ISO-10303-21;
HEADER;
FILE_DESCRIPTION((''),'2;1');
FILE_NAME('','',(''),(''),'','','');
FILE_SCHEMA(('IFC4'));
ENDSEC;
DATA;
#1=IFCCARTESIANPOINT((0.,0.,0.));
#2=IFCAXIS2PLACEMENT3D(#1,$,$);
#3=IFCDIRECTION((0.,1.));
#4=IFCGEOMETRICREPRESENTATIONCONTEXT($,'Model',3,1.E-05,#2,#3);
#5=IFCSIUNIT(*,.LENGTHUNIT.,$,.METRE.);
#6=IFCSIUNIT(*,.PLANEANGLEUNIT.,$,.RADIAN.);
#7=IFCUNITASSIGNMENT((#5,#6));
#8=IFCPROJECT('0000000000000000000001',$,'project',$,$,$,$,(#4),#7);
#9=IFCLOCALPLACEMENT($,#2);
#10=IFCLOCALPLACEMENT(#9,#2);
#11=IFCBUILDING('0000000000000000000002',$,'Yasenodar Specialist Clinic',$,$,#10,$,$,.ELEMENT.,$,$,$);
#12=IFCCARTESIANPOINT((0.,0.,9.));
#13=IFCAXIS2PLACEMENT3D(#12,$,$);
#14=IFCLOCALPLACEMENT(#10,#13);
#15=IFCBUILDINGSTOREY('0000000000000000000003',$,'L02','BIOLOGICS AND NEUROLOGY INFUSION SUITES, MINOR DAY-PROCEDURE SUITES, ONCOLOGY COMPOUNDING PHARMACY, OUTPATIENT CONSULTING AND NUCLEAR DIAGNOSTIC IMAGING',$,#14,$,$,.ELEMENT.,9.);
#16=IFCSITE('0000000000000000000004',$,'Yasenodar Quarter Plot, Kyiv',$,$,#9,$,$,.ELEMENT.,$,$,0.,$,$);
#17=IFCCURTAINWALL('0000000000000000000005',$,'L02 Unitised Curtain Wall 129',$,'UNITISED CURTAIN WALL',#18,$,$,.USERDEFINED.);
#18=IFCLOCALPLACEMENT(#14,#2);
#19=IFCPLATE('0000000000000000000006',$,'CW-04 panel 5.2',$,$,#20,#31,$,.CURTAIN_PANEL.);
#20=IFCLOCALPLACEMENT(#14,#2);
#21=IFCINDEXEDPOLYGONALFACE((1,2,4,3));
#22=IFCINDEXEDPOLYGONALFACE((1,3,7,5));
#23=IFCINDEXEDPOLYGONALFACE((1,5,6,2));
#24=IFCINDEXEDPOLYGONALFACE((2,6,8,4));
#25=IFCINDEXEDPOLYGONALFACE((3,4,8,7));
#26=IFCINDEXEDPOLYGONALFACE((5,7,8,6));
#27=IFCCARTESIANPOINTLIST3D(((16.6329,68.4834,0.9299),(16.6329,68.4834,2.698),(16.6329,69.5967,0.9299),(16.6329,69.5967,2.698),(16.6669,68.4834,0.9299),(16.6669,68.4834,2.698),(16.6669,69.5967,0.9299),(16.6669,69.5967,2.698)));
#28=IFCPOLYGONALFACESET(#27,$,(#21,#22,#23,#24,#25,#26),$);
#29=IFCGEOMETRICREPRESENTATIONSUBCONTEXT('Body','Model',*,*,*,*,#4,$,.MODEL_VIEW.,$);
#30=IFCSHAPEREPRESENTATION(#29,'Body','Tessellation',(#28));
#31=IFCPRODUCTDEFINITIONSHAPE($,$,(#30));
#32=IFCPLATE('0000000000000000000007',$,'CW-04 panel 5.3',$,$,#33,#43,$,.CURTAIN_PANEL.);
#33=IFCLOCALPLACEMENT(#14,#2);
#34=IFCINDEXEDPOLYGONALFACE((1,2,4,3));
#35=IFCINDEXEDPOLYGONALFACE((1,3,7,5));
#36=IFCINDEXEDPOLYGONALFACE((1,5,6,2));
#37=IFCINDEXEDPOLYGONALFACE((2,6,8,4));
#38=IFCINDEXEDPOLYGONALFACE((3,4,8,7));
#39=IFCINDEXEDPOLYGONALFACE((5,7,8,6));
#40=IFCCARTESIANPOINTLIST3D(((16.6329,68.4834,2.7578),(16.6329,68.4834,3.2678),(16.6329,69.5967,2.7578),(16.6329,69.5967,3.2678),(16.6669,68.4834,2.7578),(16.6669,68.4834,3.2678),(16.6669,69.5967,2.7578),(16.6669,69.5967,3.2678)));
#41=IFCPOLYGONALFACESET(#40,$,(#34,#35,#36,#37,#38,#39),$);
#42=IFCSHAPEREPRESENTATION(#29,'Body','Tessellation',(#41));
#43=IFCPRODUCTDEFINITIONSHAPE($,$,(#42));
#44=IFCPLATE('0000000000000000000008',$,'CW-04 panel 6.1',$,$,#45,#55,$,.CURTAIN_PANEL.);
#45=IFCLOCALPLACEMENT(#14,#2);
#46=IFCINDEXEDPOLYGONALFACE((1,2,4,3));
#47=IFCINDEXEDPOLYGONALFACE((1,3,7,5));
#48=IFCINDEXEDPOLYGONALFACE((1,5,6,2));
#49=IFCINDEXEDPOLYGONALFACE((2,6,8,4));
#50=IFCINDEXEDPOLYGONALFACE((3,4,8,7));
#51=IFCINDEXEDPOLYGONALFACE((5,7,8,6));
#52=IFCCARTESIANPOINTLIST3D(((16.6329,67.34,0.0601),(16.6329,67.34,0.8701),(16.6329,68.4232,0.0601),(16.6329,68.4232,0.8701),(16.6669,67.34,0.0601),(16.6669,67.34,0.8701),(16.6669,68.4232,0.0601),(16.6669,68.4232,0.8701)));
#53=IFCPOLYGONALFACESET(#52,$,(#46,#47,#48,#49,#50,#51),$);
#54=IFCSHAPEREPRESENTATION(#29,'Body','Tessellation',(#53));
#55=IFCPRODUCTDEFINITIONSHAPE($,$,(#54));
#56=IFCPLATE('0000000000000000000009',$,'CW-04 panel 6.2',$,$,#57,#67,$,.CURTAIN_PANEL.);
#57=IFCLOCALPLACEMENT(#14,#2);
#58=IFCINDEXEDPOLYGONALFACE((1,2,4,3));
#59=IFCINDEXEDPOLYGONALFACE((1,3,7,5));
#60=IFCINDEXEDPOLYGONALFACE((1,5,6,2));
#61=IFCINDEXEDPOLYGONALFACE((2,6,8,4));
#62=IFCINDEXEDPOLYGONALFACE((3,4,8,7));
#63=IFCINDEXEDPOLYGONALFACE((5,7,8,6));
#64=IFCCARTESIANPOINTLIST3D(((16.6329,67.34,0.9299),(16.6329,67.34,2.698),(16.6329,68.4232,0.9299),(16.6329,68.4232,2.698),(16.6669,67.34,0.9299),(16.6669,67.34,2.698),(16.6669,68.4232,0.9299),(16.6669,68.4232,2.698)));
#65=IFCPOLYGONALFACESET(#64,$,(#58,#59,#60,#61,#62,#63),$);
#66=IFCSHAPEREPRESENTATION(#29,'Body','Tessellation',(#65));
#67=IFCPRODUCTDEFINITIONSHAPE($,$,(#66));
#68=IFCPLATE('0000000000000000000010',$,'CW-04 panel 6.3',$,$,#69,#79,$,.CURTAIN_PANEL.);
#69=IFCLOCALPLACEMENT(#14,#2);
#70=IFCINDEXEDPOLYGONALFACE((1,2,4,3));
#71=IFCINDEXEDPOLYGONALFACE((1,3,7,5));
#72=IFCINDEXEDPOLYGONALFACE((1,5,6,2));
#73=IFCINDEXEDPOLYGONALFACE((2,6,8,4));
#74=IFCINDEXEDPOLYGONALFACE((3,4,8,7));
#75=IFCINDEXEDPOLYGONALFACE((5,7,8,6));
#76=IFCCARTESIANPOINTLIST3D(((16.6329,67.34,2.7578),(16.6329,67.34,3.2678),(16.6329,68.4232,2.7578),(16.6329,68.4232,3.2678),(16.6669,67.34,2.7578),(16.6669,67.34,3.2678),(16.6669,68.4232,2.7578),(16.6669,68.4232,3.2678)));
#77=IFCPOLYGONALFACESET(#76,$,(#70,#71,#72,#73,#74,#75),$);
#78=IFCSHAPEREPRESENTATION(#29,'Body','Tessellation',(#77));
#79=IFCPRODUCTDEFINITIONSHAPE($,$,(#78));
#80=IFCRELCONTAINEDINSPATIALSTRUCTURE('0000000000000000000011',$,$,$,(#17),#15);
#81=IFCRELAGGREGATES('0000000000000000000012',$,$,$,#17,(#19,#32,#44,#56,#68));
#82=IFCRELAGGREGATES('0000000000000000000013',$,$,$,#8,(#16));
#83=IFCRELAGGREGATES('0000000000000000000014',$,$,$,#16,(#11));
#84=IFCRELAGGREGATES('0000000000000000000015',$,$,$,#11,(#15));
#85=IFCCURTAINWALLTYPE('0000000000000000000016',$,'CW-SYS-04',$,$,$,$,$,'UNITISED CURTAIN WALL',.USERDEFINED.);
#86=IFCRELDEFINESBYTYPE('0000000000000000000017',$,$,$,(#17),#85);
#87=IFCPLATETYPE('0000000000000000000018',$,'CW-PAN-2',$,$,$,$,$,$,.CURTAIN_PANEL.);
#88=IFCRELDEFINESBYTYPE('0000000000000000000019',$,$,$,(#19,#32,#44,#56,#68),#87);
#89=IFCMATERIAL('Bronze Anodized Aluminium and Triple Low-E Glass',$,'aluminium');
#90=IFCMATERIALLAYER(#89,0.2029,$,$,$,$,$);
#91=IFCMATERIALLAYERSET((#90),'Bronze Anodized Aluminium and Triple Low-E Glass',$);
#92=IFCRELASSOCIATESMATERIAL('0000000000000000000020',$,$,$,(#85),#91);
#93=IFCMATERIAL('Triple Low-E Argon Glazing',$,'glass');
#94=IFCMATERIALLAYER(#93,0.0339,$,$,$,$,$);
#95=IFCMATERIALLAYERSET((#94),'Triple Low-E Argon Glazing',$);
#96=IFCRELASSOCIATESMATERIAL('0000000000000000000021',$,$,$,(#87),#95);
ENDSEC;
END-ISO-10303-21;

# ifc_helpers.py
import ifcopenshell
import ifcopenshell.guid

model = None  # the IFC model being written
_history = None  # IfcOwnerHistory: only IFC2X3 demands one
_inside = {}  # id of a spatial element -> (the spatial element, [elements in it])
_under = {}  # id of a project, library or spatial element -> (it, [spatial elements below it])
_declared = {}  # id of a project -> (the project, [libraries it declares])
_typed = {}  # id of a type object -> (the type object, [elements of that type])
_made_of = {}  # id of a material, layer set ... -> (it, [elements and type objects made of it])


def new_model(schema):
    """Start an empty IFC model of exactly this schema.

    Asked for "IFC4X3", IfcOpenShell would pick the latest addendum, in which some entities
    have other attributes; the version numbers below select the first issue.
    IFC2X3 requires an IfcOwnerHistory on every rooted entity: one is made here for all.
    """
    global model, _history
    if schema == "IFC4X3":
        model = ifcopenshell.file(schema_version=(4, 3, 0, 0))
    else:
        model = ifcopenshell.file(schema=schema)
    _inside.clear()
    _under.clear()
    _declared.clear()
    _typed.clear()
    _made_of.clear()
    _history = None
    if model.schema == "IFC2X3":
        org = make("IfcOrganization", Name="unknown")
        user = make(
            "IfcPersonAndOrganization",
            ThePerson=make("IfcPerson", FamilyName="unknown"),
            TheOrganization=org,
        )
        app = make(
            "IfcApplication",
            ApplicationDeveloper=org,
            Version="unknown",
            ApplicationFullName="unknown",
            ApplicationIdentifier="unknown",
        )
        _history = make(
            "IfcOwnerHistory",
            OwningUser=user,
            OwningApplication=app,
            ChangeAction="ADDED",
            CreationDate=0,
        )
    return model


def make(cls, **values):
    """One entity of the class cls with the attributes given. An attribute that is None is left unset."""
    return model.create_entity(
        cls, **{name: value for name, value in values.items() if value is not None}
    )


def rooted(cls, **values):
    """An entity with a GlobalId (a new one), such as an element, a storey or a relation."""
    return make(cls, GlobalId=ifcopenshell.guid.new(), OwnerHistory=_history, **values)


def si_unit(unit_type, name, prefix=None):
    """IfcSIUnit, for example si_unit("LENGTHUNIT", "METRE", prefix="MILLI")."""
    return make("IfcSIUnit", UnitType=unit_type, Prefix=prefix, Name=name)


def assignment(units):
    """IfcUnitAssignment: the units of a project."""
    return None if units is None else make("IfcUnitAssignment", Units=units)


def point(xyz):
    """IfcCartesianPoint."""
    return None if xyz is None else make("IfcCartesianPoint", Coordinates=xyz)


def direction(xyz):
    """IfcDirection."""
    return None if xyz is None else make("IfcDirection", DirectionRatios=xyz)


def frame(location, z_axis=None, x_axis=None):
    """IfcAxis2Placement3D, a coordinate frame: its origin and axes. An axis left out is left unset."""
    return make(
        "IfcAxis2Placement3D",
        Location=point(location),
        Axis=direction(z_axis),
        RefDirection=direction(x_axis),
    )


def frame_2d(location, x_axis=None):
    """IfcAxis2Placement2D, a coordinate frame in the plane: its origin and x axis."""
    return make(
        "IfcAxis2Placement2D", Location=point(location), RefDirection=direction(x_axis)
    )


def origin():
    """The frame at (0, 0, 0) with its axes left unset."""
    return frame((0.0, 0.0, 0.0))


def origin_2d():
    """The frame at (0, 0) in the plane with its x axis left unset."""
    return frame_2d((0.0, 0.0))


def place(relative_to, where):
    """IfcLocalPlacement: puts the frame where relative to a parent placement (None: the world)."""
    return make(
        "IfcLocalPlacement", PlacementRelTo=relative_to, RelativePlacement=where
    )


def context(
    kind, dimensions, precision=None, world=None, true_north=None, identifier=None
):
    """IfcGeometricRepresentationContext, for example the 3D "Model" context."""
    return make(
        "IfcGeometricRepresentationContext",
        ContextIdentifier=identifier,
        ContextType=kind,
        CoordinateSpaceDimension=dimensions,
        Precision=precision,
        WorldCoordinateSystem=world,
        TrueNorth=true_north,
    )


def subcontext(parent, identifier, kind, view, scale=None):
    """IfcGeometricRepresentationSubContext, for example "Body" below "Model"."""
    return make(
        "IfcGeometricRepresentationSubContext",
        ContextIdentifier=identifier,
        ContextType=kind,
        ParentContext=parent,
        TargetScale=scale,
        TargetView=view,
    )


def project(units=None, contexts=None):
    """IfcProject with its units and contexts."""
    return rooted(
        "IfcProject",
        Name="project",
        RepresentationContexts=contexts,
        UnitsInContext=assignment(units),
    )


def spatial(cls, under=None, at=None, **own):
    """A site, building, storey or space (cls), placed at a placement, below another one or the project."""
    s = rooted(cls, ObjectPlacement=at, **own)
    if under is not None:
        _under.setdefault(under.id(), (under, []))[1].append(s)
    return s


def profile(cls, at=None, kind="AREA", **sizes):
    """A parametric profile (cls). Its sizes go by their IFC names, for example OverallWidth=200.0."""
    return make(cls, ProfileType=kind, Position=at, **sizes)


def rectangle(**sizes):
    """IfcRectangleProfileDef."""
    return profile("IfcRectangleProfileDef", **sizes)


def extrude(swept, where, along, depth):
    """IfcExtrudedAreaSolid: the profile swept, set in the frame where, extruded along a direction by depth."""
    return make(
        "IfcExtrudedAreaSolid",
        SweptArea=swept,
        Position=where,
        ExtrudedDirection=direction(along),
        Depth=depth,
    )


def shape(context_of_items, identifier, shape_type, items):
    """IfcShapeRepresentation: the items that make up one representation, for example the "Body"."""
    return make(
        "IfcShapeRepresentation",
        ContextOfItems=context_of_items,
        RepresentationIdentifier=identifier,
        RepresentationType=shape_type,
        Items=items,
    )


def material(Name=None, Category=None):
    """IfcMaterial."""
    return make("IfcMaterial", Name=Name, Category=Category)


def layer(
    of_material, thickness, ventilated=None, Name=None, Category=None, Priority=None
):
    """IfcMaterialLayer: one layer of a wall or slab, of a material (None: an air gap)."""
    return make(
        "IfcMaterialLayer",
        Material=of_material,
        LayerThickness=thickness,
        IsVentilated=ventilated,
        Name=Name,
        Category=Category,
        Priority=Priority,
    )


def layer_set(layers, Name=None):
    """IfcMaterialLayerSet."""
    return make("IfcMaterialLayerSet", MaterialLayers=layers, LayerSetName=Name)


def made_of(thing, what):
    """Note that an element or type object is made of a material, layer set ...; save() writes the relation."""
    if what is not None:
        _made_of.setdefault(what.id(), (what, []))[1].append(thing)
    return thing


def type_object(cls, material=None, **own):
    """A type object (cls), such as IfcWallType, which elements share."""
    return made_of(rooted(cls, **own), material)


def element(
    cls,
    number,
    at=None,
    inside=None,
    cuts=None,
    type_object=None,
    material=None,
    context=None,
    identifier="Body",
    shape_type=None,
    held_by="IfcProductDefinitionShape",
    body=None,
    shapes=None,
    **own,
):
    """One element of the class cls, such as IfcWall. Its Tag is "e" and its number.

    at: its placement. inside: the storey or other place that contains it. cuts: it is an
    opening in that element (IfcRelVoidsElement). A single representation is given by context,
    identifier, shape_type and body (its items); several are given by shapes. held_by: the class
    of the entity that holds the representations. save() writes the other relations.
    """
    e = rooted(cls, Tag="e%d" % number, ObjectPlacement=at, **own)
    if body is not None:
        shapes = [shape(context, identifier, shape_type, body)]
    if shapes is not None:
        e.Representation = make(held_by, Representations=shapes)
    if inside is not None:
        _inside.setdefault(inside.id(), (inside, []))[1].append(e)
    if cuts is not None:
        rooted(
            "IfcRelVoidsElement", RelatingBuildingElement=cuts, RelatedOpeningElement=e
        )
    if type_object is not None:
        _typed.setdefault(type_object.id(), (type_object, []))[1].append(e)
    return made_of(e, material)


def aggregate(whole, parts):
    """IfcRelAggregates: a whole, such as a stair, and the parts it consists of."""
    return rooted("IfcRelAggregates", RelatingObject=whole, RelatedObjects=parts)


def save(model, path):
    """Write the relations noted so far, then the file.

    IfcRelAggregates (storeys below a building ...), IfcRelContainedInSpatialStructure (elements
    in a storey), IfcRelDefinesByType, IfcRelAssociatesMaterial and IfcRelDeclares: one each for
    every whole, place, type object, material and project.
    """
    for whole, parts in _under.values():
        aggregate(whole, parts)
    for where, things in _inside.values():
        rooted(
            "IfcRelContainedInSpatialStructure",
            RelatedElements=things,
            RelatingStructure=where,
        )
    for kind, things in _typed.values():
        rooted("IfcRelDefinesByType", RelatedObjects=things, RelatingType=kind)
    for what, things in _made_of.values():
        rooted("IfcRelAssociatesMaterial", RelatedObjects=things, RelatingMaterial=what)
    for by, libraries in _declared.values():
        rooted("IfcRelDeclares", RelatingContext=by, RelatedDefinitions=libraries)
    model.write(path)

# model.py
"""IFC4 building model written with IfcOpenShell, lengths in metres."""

from ifc_helpers import new_model, si_unit, direction, frame, origin, origin_2d, place, context, subcontext, project, spatial, rectangle, extrude, material, layer, layer_set, type_object, element, aggregate, save


model = new_model("IFC4")

# Units and contexts
model_context = context("Model", 3, precision=1e-05, world=origin(), true_north=direction((0.0, 1.0)))
body_context = subcontext(model_context, "Body", "Model", "MODEL_VIEW")
ifc_project = project(units=[si_unit("LENGTHUNIT", "METRE"), si_unit("PLANEANGLEUNIT", "RADIAN")], contexts=[model_context])

# Site, building, storey
site_placement = place(None, origin())
site = spatial("IfcSite", under=ifc_project, at=site_placement, Name="Yasenodar Quarter Plot, Kyiv", CompositionType="ELEMENT", RefElevation=0.0)
building_placement = place(site_placement, origin())
building = spatial("IfcBuilding", under=site, at=building_placement, Name="Yasenodar Specialist Clinic", CompositionType="ELEMENT")
storey_placement = place(building_placement, frame((0.0, 0.0, 9.0)))
storey = spatial("IfcBuildingStorey", under=building, at=storey_placement, Name="L02", Description="BIOLOGICS AND NEUROLOGY INFUSION SUITES, MINOR DAY-PROCEDURE SUITES, ONCOLOGY COMPOUNDING PHARMACY, OUTPATIENT CONSULTING AND NUCLEAR DIAGNOSTIC IMAGING", CompositionType="ELEMENT", Elevation=9.0)

# Curtain wall, plates
ifc_material_1 = material(Name="Bronze Anodized Aluminium and Triple Low-E Glass", Category="aluminium")
ifc_layer_1 = layer(ifc_material_1, 0.2029)
ifc_layer_set_1 = layer_set([ifc_layer_1], Name="Bronze Anodized Aluminium and Triple Low-E Glass")
curtain_wall_type = type_object("IfcCurtainWallType", Name="CW-SYS-04", ElementType="UNITISED CURTAIN WALL", PredefinedType="USERDEFINED", material=ifc_layer_set_1)
curtain_wall_placement = place(storey_placement, origin())
curtain_wall = element("IfcCurtainWall", 1, at=curtain_wall_placement, inside=storey, type_object=curtain_wall_type, Name="L02 Unitised Curtain Wall 129", ObjectType="UNITISED CURTAIN WALL", PredefinedType="USERDEFINED")
ifc_material_2 = material(Name="Triple Low-E Argon Glazing", Category="glass")
ifc_layer_2 = layer(ifc_material_2, 0.0339)
ifc_layer_set_2 = layer_set([ifc_layer_2], Name="Triple Low-E Argon Glazing")
plate_type = type_object("IfcPlateType", Name="CW-PAN-2", PredefinedType="CURTAIN_PANEL", material=ifc_layer_set_2)
plate_1_placement = place(storey_placement, frame((16.6499, 69.04, 0.9299), z_axis=(0.0, 0.0, 1.0), x_axis=(0.0, -1.0, 0.0)))
plate_1 = element("IfcPlate", 2, at=plate_1_placement, type_object=plate_type, Name="CW-04 panel 5.2", PredefinedType="CURTAIN_PANEL", context=body_context, shape_type="SweptSolid", body=[
    extrude(rectangle(XDim=1.1133, YDim=0.0339, at=origin_2d()), origin(), (0.0, 0.0, 1.0), 1.7681),
])
plate_2_placement = place(storey_placement, frame((16.6499, 69.04, 2.7578), z_axis=(0.0, 0.0, 1.0), x_axis=(0.0, -1.0, 0.0)))
plate_2 = element("IfcPlate", 3, at=plate_2_placement, type_object=plate_type, Name="CW-04 panel 5.3", PredefinedType="CURTAIN_PANEL", context=body_context, shape_type="SweptSolid", body=[
    extrude(rectangle(XDim=1.1133, YDim=0.0339, at=origin_2d()), origin(), (0.0, 0.0, 1.0), 0.51),
])
plate_3_placement = place(storey_placement, frame((16.6499, 67.8816, 0.0601), z_axis=(0.0, 0.0, 1.0), x_axis=(0.0, -1.0, 0.0)))
plate_3 = element("IfcPlate", 4, at=plate_3_placement, type_object=plate_type, Name="CW-04 panel 6.1", PredefinedType="CURTAIN_PANEL", context=body_context, shape_type="SweptSolid", body=[
    extrude(rectangle(XDim=1.0833, YDim=0.0339, at=origin_2d()), origin(), (0.0, 0.0, 1.0), 0.8101),
])
plate_4_placement = place(storey_placement, frame((16.6499, 67.8816, 0.9299), z_axis=(0.0, 0.0, 1.0), x_axis=(0.0, -1.0, 0.0)))
plate_4 = element("IfcPlate", 5, at=plate_4_placement, type_object=plate_type, Name="CW-04 panel 6.2", PredefinedType="CURTAIN_PANEL", context=body_context, shape_type="SweptSolid", body=[
    extrude(rectangle(XDim=1.0833, YDim=0.0339, at=origin_2d()), origin(), (0.0, 0.0, 1.0), 1.7681),
])
plate_5_placement = place(storey_placement, frame((16.6499, 67.8816, 2.7578), z_axis=(0.0, 0.0, 1.0), x_axis=(0.0, -1.0, 0.0)))
plate_5 = element("IfcPlate", 6, at=plate_5_placement, type_object=plate_type, Name="CW-04 panel 6.3", PredefinedType="CURTAIN_PANEL", context=body_context, shape_type="SweptSolid", body=[
    extrude(rectangle(XDim=1.0833, YDim=0.0339, at=origin_2d()), origin(), (0.0, 0.0, 1.0), 0.51),
])
aggregate(curtain_wall, [plate_1, plate_2, plate_3, plate_4, plate_5])

save(model, "model.ifc")
